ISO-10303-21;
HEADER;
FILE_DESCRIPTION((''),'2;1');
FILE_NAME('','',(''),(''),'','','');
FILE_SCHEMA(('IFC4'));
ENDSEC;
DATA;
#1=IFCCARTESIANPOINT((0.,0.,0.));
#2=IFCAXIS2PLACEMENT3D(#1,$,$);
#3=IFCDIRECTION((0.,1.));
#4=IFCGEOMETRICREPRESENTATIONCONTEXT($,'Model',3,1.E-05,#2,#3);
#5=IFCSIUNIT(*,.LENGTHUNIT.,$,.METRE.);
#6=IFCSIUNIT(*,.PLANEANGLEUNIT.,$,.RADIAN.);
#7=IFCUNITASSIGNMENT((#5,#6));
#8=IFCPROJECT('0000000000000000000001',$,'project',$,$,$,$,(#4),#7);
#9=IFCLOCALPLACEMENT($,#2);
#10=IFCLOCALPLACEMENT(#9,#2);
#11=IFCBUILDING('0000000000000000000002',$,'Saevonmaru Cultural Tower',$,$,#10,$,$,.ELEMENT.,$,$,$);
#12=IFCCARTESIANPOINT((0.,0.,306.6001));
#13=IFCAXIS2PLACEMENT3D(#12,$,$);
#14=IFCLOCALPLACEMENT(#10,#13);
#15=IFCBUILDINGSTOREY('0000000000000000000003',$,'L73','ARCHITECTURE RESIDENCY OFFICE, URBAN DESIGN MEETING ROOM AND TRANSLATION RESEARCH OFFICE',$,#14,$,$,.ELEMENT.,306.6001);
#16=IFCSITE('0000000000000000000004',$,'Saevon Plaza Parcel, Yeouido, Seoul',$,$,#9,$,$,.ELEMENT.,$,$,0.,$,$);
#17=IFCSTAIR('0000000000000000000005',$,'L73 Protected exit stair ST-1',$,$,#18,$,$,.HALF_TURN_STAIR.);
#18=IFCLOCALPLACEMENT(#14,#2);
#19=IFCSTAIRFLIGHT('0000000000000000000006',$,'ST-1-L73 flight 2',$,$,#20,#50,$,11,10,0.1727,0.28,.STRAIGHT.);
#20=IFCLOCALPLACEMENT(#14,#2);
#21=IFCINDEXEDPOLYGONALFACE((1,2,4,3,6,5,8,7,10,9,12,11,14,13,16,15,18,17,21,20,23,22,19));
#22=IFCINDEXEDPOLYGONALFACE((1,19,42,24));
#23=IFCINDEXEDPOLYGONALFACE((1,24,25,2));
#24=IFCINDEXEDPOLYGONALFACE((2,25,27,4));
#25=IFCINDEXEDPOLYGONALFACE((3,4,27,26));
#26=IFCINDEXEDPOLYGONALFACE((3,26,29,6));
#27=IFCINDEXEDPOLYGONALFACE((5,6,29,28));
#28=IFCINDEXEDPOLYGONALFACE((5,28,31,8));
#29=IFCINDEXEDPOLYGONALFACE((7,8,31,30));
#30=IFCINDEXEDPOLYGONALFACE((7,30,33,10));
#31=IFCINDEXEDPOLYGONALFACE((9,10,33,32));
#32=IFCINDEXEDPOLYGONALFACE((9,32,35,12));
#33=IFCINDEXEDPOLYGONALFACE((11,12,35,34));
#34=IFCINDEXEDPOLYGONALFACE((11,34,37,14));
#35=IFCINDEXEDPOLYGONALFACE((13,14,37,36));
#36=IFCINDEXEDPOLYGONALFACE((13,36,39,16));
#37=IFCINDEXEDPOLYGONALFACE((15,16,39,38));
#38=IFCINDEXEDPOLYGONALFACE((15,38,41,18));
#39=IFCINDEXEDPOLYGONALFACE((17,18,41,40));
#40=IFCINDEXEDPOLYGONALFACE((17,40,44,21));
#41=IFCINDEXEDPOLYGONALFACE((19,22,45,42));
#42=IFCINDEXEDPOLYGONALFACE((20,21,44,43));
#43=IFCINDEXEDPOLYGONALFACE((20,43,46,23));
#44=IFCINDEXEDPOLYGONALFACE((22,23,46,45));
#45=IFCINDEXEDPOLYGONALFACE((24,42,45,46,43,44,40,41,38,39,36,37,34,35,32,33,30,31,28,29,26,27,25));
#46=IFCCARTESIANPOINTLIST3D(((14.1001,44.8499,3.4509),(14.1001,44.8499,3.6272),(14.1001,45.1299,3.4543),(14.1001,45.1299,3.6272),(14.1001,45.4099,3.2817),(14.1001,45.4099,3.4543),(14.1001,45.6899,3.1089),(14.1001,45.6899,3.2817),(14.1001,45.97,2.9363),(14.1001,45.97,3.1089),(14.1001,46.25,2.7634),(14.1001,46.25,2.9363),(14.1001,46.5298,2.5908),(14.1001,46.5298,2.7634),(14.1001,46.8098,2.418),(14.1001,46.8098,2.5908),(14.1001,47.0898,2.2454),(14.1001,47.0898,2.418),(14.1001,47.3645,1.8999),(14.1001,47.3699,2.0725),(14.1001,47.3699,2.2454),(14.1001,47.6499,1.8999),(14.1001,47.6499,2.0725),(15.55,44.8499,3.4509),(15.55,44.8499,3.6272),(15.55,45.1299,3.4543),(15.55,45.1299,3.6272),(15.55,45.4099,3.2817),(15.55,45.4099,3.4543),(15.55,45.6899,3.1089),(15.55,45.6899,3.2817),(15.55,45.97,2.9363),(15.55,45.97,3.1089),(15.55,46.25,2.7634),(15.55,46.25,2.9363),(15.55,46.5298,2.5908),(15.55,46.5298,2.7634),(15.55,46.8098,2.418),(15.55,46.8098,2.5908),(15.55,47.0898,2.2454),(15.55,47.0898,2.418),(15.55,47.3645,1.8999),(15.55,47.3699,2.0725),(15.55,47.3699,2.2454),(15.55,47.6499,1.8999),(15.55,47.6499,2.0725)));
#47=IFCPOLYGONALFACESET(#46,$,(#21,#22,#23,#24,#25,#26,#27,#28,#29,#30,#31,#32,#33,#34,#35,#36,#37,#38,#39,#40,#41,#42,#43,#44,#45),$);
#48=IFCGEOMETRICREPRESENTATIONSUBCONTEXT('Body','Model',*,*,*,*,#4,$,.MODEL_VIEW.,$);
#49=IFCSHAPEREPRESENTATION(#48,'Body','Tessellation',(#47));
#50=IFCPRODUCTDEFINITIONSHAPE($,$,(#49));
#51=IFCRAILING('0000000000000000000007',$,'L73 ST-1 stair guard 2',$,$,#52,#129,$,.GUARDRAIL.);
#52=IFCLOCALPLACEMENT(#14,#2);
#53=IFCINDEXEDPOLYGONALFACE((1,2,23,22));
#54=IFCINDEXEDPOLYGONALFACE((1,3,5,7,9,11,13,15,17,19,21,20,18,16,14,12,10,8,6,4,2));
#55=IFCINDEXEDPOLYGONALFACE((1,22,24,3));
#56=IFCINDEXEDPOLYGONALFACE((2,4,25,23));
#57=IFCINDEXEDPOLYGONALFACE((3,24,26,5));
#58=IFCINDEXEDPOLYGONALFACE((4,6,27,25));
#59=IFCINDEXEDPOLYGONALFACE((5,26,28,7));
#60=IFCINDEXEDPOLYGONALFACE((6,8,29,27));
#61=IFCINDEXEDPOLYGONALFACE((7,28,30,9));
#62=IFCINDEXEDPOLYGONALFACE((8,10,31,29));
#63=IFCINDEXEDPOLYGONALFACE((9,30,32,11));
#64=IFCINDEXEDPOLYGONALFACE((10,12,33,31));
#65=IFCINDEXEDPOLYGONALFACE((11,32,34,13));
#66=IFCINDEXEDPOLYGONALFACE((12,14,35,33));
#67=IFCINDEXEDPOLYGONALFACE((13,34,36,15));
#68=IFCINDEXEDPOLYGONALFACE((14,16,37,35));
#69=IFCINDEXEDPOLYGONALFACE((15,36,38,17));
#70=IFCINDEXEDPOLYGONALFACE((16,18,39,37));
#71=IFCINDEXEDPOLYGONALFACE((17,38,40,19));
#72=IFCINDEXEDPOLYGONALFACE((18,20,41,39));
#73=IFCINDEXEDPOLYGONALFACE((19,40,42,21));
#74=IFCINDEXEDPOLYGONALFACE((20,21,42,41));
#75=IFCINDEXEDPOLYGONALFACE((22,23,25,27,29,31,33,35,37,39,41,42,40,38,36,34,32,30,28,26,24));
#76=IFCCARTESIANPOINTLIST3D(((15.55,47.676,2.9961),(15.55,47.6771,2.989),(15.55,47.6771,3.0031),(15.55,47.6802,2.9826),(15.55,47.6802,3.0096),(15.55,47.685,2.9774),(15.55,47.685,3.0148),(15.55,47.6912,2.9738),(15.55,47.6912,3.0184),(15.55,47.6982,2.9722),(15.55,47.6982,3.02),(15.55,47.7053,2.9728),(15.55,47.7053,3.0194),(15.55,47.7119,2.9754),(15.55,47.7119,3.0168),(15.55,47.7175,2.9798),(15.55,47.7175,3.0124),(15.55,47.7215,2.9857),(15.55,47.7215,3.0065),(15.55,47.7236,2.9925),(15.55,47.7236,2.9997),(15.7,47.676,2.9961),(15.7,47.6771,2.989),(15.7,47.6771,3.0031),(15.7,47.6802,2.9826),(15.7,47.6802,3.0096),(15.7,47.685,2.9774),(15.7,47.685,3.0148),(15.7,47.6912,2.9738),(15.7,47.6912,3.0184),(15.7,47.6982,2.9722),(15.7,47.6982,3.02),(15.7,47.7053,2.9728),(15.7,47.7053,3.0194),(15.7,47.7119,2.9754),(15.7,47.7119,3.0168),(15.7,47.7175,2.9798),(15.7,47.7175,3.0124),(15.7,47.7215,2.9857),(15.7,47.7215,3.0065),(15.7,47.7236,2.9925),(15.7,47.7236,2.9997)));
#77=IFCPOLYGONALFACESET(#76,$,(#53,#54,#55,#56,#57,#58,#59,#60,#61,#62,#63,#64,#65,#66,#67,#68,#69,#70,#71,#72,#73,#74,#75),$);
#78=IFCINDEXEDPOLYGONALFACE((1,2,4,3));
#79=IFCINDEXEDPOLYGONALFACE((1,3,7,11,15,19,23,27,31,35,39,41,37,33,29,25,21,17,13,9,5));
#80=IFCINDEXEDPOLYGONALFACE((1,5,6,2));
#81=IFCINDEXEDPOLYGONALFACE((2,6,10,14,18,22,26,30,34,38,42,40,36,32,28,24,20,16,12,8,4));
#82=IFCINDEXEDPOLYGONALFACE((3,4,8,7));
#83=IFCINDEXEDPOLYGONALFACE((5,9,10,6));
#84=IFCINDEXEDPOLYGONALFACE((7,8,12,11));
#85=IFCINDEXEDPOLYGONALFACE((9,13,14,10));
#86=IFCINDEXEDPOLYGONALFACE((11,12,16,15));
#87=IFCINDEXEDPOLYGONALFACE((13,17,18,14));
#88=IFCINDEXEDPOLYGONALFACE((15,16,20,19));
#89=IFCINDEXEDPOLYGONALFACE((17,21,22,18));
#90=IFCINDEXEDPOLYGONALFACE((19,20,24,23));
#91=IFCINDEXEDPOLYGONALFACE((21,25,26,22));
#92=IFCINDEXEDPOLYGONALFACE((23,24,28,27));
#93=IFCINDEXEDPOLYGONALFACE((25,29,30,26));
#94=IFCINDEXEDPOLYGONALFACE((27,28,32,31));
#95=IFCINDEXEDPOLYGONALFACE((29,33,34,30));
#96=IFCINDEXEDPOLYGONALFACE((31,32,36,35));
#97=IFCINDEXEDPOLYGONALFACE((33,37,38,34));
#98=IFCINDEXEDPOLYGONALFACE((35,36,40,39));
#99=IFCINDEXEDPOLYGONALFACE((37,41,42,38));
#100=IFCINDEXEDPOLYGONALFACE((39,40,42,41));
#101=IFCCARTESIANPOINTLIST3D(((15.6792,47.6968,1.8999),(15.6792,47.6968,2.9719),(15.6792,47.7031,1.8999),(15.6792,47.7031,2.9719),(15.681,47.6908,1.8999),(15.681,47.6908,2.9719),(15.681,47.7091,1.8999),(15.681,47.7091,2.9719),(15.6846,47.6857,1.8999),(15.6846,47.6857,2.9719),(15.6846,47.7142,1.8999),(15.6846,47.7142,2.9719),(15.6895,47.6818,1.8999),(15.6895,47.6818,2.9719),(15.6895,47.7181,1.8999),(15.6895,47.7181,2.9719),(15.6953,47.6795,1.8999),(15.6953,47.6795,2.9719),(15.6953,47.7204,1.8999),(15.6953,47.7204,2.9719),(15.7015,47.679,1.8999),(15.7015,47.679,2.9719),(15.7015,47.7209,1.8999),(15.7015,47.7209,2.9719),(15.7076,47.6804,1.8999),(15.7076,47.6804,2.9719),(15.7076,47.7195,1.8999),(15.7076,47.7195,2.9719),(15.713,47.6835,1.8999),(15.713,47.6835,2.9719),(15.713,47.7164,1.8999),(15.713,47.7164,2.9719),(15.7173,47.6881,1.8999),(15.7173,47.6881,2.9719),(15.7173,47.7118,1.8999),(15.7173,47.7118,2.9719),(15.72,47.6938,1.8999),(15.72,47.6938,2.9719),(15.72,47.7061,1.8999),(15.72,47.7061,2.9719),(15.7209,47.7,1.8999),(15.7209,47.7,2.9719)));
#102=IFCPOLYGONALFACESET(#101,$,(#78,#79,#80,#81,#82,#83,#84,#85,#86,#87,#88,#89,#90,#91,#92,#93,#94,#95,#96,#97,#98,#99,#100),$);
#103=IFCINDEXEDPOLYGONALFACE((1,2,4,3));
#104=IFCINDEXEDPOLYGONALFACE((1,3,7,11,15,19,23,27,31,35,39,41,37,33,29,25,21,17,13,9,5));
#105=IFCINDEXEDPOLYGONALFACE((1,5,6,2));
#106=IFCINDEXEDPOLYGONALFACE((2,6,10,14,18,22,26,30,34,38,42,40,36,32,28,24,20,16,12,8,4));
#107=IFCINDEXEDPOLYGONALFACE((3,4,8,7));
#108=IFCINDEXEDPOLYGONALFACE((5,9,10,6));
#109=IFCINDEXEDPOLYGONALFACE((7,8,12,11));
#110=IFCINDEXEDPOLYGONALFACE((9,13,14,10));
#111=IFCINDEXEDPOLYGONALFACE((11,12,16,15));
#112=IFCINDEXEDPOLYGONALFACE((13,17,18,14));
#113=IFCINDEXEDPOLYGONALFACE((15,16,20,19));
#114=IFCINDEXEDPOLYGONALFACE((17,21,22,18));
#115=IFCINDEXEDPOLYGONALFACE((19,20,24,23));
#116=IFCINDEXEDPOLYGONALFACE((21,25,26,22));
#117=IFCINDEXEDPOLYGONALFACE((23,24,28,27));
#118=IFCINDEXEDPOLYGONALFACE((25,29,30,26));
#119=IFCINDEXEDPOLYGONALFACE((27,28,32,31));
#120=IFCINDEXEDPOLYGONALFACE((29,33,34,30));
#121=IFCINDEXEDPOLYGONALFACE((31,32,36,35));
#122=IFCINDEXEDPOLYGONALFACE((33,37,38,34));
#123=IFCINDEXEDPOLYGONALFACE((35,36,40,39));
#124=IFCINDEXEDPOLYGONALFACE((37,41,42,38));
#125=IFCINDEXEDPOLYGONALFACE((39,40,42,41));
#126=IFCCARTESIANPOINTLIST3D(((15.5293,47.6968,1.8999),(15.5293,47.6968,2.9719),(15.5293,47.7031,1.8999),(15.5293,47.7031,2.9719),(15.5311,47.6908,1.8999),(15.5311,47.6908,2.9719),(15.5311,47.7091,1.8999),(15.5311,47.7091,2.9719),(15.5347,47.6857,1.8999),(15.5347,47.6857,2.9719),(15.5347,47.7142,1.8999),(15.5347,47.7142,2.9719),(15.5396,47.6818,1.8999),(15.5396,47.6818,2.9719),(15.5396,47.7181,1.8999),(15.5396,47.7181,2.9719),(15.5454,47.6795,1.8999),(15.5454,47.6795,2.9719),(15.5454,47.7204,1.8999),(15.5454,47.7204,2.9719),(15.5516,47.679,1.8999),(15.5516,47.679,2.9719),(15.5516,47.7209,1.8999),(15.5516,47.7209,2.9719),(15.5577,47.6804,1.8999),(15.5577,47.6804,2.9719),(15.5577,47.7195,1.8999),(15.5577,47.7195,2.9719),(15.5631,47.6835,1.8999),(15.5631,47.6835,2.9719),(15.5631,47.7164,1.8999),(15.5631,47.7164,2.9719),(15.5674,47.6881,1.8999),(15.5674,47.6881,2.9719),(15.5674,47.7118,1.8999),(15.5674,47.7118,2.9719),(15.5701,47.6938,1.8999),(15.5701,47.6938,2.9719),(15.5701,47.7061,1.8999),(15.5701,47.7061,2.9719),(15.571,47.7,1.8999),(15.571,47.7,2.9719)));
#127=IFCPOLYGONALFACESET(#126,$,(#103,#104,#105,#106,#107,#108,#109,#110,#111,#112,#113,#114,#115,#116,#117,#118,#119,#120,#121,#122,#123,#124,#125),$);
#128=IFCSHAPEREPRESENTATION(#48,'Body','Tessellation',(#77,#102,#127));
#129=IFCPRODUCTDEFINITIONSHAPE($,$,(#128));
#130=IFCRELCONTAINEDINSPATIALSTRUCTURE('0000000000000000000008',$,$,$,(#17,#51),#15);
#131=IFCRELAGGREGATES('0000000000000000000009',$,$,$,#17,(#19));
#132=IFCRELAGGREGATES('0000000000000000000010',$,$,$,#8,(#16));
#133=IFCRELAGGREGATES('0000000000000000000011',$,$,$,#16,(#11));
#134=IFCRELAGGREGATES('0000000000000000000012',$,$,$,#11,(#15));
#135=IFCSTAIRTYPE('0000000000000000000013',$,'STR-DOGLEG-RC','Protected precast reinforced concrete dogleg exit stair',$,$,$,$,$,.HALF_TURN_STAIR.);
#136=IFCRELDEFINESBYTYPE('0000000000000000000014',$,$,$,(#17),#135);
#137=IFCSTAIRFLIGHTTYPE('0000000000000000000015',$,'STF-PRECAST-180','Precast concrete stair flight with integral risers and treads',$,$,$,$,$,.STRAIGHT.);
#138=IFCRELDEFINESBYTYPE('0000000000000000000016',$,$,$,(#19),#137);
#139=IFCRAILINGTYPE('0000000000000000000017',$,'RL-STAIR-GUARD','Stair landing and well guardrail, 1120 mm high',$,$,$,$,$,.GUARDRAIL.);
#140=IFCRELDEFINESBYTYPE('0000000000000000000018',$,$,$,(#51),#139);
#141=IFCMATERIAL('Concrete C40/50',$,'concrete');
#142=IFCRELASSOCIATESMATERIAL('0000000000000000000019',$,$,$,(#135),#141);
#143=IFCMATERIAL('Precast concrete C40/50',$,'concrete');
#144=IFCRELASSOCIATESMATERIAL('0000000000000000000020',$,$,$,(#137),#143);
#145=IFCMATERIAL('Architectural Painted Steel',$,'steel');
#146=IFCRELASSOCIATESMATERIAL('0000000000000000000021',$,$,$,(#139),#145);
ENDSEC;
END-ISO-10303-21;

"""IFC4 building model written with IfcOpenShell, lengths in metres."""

from ifc_helpers import new_model, si_unit, direction, frame, origin, origin_2d, place, context, subcontext, project, spatial, polyline, circle, outline, extrude, material, type_object, element, aggregate, save


model = new_model("IFC4")

# Units and contexts
model_context = context("Model", 3, precision=1e-05, world=origin(), true_north=direction((0.0, 1.0)))
body_context = subcontext(model_context, "Body", "Model", "MODEL_VIEW")
ifc_project = project(units=[si_unit("LENGTHUNIT", "METRE"), si_unit("PLANEANGLEUNIT", "RADIAN")], contexts=[model_context])

# Site, building, storey
site_placement = place(None, origin())
site = spatial("IfcSite", under=ifc_project, at=site_placement, Name="Saevon Plaza Parcel, Yeouido, Seoul", CompositionType="ELEMENT", RefElevation=0.0)
building_placement = place(site_placement, origin())
building = spatial("IfcBuilding", under=site, at=building_placement, Name="Saevonmaru Cultural Tower", CompositionType="ELEMENT")
storey_placement = place(building_placement, frame((0.0, 0.0, 306.6001)))
storey = spatial("IfcBuildingStorey", under=building, at=storey_placement, Name="L73", Description="ARCHITECTURE RESIDENCY OFFICE, URBAN DESIGN MEETING ROOM AND TRANSLATION RESEARCH OFFICE", CompositionType="ELEMENT", Elevation=306.6001)

# Shared definitions
ifc_material_1 = material(Name="Concrete C40/50", Category="concrete")

# Stair, stair flight
stair_type = type_object("IfcStairType", Name="STR-DOGLEG-RC", Description="Protected precast reinforced concrete dogleg exit stair", PredefinedType="HALF_TURN_STAIR", material=ifc_material_1)
stair_placement = place(storey_placement, origin())
stair = element("IfcStair", 1, at=stair_placement, inside=storey, type_object=stair_type, Name="L73 Protected exit stair ST-1", PredefinedType="HALF_TURN_STAIR")
ifc_material_2 = material(Name="Precast concrete C40/50", Category="concrete")
stair_flight_type = type_object("IfcStairFlightType", Name="STF-PRECAST-180", Description="Precast concrete stair flight with integral risers and treads", PredefinedType="STRAIGHT", material=ifc_material_2)
stair_flight_placement = place(storey_placement, frame((14.825, 47.6499, 1.8999), z_axis=(0.0, 0.0, 1.0), x_axis=(0.0, -1.0, 0.0)))
stair_flight = element("IfcStairFlight", 2, at=stair_flight_placement, type_object=stair_flight_type, Name="ST-1-L73 flight 2", NumberOfRisers=11, NumberOfTreads=10, PredefinedType="STRAIGHT", RiserHeight=0.1727, TreadLength=0.28, context=body_context, shape_type="SweptSolid", body=[
    extrude(outline(polyline([(0.0, 0.0), (0.0, 0.1726), (0.28, 0.1726), (0.28, 0.3455), (0.5601, 0.3455), (0.5601, 0.5181), (0.8401, 0.5181), (0.8401, 0.6909), (1.1201, 0.6909), (1.1201, 0.8635), (1.3999, 0.8635), (1.3999, 1.0364), (1.6799, 1.0364), (1.6799, 1.209), (1.96, 1.209), (1.96, 1.3818), (2.24, 1.3818), (2.24, 1.5544), (2.52, 1.5544), (2.52, 1.7273), (2.8, 1.7273), (2.8, 1.8999), (2.8, 1.551), (0.2854, 0.0), (0.0, 0.0)])), frame((0.0, 0.7251, 0.0), z_axis=(0.0, -1.0, 0.0), x_axis=(1.0, 0.0, 0.0)), (0.0, 0.0, 1.0), 1.45),
])
aggregate(stair, [stair_flight])

# Railing
ifc_material_3 = material(Name="Architectural Painted Steel", Category="steel")
railing_type_1 = type_object("IfcRailingType", Name="RL-STAIR-GUARD", Description="Stair landing and well guardrail, 1120 mm high", PredefinedType="GUARDRAIL", material=ifc_material_3)
railing_1_placement = place(storey_placement, frame((15.7, 47.7, 1.8999)))
element("IfcRailing", 3, at=railing_1_placement, inside=storey, type_object=railing_type_1, Name="L73 ST-1 stair guard 2", PredefinedType="GUARDRAIL", context=body_context, shape_type="SweptSolid", body=[
    extrude(circle(Radius=0.0239, at=origin_2d()), frame((0.0, 0.0, 1.0962), z_axis=(-1.0, 0.0, 0.0), x_axis=(0.0, -1.0, 0.0)), (0.0, 0.0, 1.0), 0.1499),
    extrude(circle(Radius=0.021, at=origin_2d()), origin(), (0.0, 0.0, 1.0), 1.072),
    extrude(circle(Radius=0.021, at=origin_2d()), frame((-0.1499, 0.0, 0.0)), (0.0, 0.0, 1.0), 1.072),
])

save(model, "model.ifc")
